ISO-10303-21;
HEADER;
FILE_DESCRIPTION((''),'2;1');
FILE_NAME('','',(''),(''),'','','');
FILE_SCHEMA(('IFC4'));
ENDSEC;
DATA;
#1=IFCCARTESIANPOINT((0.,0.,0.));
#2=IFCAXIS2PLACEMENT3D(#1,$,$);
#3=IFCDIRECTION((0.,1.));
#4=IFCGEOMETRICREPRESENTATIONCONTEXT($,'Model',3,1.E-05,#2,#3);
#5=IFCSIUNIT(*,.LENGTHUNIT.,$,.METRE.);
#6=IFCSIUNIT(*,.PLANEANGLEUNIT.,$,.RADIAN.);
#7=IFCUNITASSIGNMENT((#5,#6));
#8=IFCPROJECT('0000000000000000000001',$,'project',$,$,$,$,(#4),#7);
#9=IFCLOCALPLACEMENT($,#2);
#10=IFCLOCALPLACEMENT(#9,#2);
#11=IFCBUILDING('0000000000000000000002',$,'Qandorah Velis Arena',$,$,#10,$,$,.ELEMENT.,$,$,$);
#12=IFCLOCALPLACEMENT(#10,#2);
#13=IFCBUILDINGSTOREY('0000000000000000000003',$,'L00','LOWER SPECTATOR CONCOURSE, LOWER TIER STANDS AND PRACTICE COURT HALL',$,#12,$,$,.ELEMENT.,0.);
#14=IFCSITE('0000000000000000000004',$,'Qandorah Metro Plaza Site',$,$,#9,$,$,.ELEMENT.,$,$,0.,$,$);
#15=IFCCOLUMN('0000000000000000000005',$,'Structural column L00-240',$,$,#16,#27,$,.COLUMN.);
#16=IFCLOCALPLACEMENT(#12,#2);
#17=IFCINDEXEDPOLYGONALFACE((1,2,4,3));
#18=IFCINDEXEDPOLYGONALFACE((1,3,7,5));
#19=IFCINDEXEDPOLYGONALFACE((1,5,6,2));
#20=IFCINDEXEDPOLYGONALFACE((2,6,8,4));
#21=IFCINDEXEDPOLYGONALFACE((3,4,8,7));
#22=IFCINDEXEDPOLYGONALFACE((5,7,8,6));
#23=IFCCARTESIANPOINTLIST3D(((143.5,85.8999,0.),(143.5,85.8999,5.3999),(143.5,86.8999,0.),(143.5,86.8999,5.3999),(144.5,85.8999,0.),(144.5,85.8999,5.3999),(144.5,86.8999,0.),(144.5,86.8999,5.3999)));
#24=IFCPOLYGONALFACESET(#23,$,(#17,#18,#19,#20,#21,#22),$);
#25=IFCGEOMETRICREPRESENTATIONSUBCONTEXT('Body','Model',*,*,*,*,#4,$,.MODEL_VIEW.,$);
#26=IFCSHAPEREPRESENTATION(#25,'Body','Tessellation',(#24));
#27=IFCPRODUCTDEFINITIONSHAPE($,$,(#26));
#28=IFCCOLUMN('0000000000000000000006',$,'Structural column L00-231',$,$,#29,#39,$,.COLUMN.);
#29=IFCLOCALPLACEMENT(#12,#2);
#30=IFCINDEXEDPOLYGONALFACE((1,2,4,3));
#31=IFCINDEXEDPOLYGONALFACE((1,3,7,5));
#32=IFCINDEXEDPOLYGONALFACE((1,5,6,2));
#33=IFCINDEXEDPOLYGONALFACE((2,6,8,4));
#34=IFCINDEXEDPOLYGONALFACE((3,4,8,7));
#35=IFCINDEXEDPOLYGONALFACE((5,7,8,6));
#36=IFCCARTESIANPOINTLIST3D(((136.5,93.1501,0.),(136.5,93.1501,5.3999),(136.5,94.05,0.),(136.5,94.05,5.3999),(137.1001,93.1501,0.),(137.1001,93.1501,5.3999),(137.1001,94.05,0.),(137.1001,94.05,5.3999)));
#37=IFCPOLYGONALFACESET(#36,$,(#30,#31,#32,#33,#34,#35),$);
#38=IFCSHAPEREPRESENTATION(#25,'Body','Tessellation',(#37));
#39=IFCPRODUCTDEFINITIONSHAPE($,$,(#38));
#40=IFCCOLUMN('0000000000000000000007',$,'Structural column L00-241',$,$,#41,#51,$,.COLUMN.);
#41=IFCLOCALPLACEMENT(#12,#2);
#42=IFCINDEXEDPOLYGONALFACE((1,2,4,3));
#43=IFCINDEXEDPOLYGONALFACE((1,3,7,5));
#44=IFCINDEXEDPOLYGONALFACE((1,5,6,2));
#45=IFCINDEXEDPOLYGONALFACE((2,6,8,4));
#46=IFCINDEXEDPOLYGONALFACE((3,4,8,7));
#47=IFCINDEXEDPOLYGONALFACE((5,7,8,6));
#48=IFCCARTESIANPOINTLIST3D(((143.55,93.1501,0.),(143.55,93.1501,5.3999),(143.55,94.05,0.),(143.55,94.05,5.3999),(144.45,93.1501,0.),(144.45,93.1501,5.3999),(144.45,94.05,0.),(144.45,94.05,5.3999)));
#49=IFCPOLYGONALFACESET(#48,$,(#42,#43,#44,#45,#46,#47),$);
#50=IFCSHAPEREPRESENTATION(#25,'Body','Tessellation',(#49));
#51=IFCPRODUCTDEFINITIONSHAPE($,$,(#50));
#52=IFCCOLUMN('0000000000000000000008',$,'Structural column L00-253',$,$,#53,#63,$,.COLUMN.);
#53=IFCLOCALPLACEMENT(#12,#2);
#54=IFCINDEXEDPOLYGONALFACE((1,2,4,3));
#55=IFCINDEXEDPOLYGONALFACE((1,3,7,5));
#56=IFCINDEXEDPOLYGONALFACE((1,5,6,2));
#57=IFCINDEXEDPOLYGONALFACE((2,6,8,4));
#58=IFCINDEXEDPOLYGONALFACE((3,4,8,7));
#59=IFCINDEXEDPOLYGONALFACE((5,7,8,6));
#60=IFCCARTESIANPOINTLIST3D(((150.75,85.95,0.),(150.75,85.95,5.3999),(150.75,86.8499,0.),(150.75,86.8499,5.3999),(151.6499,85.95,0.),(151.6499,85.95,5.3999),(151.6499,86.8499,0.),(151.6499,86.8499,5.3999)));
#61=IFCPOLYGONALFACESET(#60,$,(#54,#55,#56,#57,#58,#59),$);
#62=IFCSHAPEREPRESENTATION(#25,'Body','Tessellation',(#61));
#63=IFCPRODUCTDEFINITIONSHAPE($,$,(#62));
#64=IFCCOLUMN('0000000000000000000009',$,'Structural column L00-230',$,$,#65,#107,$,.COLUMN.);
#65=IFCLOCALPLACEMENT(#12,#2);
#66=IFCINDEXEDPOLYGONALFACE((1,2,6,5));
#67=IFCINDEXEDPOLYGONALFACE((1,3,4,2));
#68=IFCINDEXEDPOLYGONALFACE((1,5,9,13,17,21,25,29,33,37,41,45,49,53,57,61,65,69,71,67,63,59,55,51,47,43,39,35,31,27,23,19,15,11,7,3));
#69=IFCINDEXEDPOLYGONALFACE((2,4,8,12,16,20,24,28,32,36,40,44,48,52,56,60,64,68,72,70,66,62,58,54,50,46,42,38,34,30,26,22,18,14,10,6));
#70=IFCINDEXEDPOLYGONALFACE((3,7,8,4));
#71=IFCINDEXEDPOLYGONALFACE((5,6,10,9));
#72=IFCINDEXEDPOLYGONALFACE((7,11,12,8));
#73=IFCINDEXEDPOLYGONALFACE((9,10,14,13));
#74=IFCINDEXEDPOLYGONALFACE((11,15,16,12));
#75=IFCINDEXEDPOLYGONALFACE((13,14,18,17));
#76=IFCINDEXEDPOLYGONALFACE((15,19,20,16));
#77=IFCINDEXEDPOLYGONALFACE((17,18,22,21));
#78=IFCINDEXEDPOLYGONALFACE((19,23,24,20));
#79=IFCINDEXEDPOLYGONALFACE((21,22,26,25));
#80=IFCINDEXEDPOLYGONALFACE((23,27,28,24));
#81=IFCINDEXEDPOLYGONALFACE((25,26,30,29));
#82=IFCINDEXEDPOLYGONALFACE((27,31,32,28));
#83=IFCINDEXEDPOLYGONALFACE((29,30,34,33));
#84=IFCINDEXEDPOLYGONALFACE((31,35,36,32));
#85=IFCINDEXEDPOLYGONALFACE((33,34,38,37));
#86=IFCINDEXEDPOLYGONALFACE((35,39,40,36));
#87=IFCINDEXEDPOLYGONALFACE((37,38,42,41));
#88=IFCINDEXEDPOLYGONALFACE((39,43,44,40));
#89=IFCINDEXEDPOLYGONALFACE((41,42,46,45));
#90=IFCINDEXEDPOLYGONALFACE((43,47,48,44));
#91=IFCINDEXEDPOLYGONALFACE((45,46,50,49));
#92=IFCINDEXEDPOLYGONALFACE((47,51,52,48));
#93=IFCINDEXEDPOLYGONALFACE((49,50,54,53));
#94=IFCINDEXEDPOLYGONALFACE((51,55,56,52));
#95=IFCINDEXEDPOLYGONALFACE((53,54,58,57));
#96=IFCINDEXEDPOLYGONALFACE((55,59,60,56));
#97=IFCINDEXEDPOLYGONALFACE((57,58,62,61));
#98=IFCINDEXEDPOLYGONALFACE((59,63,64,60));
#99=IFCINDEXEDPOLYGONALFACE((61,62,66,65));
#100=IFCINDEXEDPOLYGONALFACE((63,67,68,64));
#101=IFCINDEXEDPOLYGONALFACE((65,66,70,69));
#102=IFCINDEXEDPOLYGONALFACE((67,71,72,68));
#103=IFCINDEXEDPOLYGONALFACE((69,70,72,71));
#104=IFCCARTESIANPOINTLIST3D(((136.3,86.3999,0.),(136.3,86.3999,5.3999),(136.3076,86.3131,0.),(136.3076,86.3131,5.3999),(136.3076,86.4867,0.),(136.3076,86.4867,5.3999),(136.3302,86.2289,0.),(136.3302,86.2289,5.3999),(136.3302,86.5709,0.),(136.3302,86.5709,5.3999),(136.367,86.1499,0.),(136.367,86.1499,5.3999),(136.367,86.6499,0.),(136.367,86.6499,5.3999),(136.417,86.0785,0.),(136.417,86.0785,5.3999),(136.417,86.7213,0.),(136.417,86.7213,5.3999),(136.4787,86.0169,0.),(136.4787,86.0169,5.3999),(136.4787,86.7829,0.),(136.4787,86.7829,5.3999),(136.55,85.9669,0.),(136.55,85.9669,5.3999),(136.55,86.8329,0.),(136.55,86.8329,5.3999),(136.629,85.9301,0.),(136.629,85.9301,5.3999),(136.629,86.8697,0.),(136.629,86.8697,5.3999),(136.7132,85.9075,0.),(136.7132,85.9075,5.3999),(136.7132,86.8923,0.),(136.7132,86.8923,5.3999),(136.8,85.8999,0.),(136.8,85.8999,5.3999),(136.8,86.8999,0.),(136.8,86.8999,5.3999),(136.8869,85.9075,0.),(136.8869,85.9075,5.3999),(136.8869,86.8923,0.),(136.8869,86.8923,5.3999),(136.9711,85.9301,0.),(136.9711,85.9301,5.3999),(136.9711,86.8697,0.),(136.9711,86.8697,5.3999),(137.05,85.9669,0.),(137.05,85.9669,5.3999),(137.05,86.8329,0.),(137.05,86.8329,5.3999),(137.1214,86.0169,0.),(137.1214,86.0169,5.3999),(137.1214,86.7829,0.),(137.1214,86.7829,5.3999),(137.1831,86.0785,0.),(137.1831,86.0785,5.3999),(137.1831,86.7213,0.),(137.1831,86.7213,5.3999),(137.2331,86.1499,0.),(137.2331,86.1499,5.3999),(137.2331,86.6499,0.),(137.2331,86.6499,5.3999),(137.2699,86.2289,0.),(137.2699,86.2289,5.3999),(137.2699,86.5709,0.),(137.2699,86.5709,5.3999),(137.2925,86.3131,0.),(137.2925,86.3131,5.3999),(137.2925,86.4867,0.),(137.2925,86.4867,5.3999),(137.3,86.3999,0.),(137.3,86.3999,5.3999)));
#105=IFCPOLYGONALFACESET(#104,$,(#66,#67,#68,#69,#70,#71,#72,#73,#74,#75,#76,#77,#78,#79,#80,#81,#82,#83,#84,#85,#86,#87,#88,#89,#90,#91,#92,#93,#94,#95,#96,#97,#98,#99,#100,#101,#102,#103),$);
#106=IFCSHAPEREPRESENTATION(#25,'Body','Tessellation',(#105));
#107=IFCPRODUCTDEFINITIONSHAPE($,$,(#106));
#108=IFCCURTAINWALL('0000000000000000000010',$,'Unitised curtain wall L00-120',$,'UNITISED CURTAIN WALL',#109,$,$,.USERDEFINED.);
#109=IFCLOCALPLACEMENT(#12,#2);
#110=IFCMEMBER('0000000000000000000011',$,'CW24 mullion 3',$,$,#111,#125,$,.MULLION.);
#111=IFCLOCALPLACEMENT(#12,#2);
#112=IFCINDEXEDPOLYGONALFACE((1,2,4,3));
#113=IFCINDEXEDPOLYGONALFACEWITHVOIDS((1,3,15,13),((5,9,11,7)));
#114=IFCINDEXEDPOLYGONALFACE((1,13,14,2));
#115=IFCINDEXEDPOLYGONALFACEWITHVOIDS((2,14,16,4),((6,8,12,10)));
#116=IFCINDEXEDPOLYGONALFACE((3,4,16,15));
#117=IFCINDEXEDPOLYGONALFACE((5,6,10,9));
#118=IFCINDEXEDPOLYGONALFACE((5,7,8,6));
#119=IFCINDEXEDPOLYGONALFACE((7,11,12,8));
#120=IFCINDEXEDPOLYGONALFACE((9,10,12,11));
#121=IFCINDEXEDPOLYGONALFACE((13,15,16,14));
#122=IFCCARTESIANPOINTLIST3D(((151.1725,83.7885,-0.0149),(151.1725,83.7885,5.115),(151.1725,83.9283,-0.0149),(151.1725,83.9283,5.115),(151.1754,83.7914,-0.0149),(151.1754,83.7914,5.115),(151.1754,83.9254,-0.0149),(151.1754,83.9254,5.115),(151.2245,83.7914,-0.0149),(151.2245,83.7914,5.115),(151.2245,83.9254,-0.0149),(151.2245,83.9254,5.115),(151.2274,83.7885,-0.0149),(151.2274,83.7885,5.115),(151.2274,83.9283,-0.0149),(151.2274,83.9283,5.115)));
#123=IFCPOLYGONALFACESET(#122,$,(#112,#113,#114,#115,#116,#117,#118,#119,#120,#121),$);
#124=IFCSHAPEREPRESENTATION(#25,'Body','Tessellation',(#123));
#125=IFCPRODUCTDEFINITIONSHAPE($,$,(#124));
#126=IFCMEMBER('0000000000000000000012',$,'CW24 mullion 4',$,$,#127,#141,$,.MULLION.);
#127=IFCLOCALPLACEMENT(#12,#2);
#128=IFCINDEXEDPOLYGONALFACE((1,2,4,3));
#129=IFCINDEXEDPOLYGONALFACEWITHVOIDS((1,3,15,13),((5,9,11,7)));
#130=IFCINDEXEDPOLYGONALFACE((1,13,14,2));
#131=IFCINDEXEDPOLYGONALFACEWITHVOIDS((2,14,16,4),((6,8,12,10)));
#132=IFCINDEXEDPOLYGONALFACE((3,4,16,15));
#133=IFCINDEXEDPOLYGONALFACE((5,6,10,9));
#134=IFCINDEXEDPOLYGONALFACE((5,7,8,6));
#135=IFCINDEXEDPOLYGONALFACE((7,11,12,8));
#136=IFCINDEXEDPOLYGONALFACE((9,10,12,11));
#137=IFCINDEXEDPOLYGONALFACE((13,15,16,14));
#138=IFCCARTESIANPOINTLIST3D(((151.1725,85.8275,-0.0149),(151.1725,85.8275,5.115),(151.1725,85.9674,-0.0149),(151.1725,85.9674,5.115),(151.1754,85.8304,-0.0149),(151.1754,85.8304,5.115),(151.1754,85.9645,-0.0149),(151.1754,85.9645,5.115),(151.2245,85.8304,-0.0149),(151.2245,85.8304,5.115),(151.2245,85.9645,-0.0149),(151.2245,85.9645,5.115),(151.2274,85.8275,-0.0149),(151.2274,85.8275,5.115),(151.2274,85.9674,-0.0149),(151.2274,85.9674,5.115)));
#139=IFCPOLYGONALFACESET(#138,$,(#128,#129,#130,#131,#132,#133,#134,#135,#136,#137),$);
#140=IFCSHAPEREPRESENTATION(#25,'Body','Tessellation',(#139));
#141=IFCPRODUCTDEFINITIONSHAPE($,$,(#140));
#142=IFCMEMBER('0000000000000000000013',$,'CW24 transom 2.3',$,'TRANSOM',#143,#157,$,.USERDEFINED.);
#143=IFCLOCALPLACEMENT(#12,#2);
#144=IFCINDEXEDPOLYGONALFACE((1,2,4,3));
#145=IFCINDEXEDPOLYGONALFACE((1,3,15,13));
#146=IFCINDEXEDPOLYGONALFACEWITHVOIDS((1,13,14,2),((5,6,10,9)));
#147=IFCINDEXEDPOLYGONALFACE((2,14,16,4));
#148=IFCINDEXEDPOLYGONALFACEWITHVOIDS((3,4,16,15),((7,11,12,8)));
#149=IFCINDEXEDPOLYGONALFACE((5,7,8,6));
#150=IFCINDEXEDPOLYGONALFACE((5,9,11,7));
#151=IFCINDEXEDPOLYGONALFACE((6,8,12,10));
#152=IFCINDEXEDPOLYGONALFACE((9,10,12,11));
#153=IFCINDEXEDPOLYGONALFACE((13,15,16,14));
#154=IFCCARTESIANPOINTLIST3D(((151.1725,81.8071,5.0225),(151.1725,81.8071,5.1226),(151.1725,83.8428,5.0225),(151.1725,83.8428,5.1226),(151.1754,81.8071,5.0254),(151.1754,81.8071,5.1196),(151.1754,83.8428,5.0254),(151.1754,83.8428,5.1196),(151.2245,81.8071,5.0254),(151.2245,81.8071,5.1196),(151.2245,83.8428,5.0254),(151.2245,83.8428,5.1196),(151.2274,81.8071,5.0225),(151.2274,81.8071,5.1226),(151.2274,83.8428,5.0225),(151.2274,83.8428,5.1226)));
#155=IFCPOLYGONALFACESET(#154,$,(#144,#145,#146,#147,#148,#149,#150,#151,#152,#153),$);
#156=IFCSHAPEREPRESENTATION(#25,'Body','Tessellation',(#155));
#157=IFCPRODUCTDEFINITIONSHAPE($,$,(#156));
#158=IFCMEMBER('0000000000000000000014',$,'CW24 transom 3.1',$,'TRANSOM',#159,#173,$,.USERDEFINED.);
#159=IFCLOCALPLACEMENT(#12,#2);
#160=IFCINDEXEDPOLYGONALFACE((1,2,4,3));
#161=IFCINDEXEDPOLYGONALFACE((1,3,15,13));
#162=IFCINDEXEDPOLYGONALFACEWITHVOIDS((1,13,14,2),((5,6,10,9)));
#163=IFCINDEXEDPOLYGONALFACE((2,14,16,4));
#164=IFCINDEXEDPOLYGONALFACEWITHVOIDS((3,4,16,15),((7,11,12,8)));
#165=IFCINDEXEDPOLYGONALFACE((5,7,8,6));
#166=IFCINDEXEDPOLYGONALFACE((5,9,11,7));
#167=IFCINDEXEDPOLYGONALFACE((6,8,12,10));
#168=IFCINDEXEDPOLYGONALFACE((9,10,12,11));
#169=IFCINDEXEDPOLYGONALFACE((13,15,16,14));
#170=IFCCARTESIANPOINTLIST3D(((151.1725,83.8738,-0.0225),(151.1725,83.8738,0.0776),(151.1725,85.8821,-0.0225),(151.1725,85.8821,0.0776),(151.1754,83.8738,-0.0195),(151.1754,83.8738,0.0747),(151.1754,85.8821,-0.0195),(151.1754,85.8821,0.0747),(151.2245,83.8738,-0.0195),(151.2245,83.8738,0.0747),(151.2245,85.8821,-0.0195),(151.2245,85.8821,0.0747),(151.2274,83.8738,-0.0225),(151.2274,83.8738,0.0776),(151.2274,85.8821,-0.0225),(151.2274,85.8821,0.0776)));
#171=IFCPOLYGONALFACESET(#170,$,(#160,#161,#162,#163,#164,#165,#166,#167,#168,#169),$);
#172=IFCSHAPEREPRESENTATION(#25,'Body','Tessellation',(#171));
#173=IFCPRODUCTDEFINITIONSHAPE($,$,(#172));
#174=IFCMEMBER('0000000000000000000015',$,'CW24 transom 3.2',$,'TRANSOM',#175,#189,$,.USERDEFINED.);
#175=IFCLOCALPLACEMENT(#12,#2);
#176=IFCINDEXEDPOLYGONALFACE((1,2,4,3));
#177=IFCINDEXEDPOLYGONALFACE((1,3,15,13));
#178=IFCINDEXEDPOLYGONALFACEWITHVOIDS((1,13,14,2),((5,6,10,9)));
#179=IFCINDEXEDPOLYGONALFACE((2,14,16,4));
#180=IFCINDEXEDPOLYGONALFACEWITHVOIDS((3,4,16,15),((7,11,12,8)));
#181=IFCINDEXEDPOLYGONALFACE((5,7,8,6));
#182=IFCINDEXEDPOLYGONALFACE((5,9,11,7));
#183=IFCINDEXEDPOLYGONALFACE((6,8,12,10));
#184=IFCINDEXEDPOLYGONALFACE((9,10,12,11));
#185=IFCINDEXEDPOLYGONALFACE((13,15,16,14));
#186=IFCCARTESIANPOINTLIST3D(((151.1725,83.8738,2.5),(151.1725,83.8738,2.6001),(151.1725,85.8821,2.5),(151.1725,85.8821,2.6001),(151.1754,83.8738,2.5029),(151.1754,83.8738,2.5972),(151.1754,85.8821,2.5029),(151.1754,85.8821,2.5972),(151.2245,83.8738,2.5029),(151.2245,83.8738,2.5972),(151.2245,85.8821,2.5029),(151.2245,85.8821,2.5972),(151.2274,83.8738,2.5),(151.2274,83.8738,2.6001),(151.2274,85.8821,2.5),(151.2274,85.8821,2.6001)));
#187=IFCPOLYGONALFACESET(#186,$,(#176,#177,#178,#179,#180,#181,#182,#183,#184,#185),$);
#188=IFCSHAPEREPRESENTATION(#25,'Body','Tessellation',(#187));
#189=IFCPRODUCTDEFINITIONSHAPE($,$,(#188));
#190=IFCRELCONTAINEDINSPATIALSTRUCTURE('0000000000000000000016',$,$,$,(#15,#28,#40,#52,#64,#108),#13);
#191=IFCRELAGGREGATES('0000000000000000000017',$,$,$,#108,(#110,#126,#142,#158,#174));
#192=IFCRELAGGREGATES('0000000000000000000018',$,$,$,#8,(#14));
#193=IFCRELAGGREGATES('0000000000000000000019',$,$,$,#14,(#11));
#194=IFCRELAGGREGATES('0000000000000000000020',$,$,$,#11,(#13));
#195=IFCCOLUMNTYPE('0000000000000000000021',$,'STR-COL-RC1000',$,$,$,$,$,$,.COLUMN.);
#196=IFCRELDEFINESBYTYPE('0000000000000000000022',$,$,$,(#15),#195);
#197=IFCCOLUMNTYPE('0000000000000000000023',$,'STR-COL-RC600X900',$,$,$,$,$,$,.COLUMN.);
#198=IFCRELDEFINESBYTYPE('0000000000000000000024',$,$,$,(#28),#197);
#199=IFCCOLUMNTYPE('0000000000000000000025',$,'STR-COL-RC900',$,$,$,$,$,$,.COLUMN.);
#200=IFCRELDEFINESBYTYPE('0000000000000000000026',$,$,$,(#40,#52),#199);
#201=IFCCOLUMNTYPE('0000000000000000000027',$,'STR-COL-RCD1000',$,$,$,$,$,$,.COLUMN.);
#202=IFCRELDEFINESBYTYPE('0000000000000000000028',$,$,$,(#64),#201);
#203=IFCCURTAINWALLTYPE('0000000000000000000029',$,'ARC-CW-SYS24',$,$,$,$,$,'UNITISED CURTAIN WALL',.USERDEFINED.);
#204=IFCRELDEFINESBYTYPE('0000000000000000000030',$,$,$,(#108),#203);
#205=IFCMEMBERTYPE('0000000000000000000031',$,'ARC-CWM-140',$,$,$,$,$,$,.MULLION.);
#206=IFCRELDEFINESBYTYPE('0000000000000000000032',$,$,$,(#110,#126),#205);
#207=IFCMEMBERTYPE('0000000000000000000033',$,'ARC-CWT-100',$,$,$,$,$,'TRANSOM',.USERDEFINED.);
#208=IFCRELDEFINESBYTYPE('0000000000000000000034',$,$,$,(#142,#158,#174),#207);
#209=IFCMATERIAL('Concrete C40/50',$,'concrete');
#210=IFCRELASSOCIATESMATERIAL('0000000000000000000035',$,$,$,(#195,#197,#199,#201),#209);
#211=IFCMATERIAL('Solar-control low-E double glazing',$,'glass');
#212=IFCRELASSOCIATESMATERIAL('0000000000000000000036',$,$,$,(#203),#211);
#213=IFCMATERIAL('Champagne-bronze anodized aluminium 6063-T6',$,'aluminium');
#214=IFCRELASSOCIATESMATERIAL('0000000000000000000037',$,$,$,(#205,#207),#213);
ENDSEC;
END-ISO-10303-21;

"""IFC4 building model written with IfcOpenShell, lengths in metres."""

from ifc_helpers import new_model, si_unit, direction, frame, origin, origin_2d, place, context, subcontext, project, spatial, rectangle, hollow_rectangle, circle, extrude, material, material_profile, profile_set, type_object, element, aggregate, save


model = new_model("IFC4")

# Units and contexts
model_context = context("Model", 3, precision=1e-05, world=origin(), true_north=direction((0.0, 1.0)))
body_context = subcontext(model_context, "Body", "Model", "MODEL_VIEW")
ifc_project = project(units=[si_unit("LENGTHUNIT", "METRE"), si_unit("PLANEANGLEUNIT", "RADIAN")], contexts=[model_context])

# Site, building, storey
site_placement = place(None, origin())
site = spatial("IfcSite", under=ifc_project, at=site_placement, Name="Qandorah Metro Plaza Site", CompositionType="ELEMENT", RefElevation=0.0)
building_placement = place(site_placement, origin())
building = spatial("IfcBuilding", under=site, at=building_placement, Name="Qandorah Velis Arena", CompositionType="ELEMENT")
storey_placement = place(building_placement, origin())
storey = spatial("IfcBuildingStorey", under=building, at=storey_placement, Name="L00", Description="LOWER SPECTATOR CONCOURSE, LOWER TIER STANDS AND PRACTICE COURT HALL", CompositionType="ELEMENT", Elevation=0.0)

# Columns
ifc_material_1 = material(Name="Concrete C40/50", Category="concrete")
ifc_material_profile_1 = material_profile(ifc_material_1, rectangle(XDim=1.0, YDim=1.0, at=origin_2d()), Name="RC COL 1000x1000")
ifc_profile_set_1 = profile_set([ifc_material_profile_1], Name="Concrete C40/50")
column_type_1 = type_object("IfcColumnType", Name="STR-COL-RC1000", PredefinedType="COLUMN", material=ifc_profile_set_1)
column_1_placement = place(storey_placement, frame((144.0, 86.3999, 0.0), z_axis=(0.0, 0.0, 1.0), x_axis=(1.0, 0.0, 0.0)))
element("IfcColumn", 1, at=column_1_placement, inside=storey, type_object=column_type_1, Name="Structural column L00-240", PredefinedType="COLUMN", context=body_context, shape_type="SweptSolid", body=[
    extrude(rectangle(XDim=1.0, YDim=1.0, at=origin_2d()), origin(), (0.0, 0.0, 1.0), 5.3999),
])
ifc_material_profile_2 = material_profile(ifc_material_1, rectangle(XDim=0.6001, YDim=0.8999, at=origin_2d()), Name="RC COL 600x900")
ifc_profile_set_2 = profile_set([ifc_material_profile_2], Name="Concrete C40/50")
column_type_2 = type_object("IfcColumnType", Name="STR-COL-RC600X900", PredefinedType="COLUMN", material=ifc_profile_set_2)
column_2_placement = place(storey_placement, frame((136.8, 93.6001, 0.0), z_axis=(0.0, 0.0, 1.0), x_axis=(1.0, 0.0, 0.0)))
element("IfcColumn", 2, at=column_2_placement, inside=storey, type_object=column_type_2, Name="Structural column L00-231", PredefinedType="COLUMN", context=body_context, shape_type="SweptSolid", body=[
    extrude(rectangle(XDim=0.6001, YDim=0.8999, at=origin_2d()), origin(), (0.0, 0.0, 1.0), 5.3999),
])
ifc_material_profile_3 = material_profile(ifc_material_1, rectangle(XDim=0.8999, YDim=0.8999, at=origin_2d()), Name="RC COL 900x900")
ifc_profile_set_3 = profile_set([ifc_material_profile_3], Name="Concrete C40/50")
column_type_3 = type_object("IfcColumnType", Name="STR-COL-RC900", PredefinedType="COLUMN", material=ifc_profile_set_3)
for number, where, z_axis, x_axis, name in (
    (3, (144.0, 93.6001, 0.0), (0.0, 0.0, 1.0), (1.0, 0.0, 0.0), "Structural column L00-241"),
    (4, (151.2, 86.3999, 0.0), (0.0, 0.0, 1.0), (1.0, 0.0, 0.0), "Structural column L00-253"),
):
    element("IfcColumn", number, at=place(storey_placement, frame(where, z_axis=z_axis, x_axis=x_axis)), inside=storey, type_object=column_type_3, Name=name, PredefinedType="COLUMN", context=body_context, shape_type="SweptSolid", body=[
        extrude(rectangle(XDim=0.8999, YDim=0.8999, at=origin_2d()), origin(), (0.0, 0.0, 1.0), 5.3999),
    ])
ifc_material_profile_4 = material_profile(ifc_material_1, circle(Radius=0.5, at=origin_2d()), Name="RC D1000")
ifc_profile_set_4 = profile_set([ifc_material_profile_4], Name="Concrete C40/50")
column_type_4 = type_object("IfcColumnType", Name="STR-COL-RCD1000", PredefinedType="COLUMN", material=ifc_profile_set_4)
column_3_placement = place(storey_placement, frame((136.8, 86.3999, 0.0), z_axis=(0.0, 0.0, 1.0), x_axis=(1.0, 0.0, 0.0)))
element("IfcColumn", 5, at=column_3_placement, inside=storey, type_object=column_type_4, Name="Structural column L00-230", PredefinedType="COLUMN", context=body_context, shape_type="SweptSolid", body=[
    extrude(circle(Radius=0.5, at=origin_2d()), origin(), (0.0, 0.0, 1.0), 5.3999),
])

# Curtain wall, members
ifc_material_2 = material(Name="Solar-control low-E double glazing", Category="glass")
curtain_wall_type = type_object("IfcCurtainWallType", Name="ARC-CW-SYS24", ElementType="UNITISED CURTAIN WALL", PredefinedType="USERDEFINED", material=ifc_material_2)
curtain_wall_placement = place(storey_placement, origin())
curtain_wall = element("IfcCurtainWall", 6, at=curtain_wall_placement, inside=storey, type_object=curtain_wall_type, Name="Unitised curtain wall L00-120", ObjectType="UNITISED CURTAIN WALL", PredefinedType="USERDEFINED")
ifc_material_3 = material(Name="Champagne-bronze anodized aluminium 6063-T6", Category="aluminium")
ifc_material_profile_5 = material_profile(ifc_material_3, hollow_rectangle(XDim=0.0549, YDim=0.1399, WallThickness=0.0029, at=origin_2d()), Name="ALU MULLION 55x140")
ifc_profile_set_5 = profile_set([ifc_material_profile_5], Name="Champagne-bronze anodized aluminium 6063-T6")
member_type_1 = type_object("IfcMemberType", Name="ARC-CWM-140", PredefinedType="MULLION", material=ifc_profile_set_5)
member_1_placement = place(storey_placement, frame((151.2, 83.8584, -0.0149), z_axis=(0.0, 0.0, 1.0), x_axis=(-1.0, 0.0, 0.0)))
member_1 = element("IfcMember", 7, at=member_1_placement, type_object=member_type_1, Name="CW24 mullion 3", PredefinedType="MULLION", context=body_context, shape_type="SweptSolid", body=[
    extrude(hollow_rectangle(XDim=0.0549, YDim=0.1399, WallThickness=0.0029, at=origin_2d()), origin(), (0.0, 0.0, 1.0), 5.1299),
])
member_2_placement = place(storey_placement, frame((151.2, 85.8975, -0.0149), z_axis=(0.0, 0.0, 1.0), x_axis=(-1.0, 0.0, 0.0)))
member_2 = element("IfcMember", 8, at=member_2_placement, type_object=member_type_1, Name="CW24 mullion 4", PredefinedType="MULLION", context=body_context, shape_type="SweptSolid", body=[
    extrude(hollow_rectangle(XDim=0.0549, YDim=0.1399, WallThickness=0.0029, at=origin_2d()), origin(), (0.0, 0.0, 1.0), 5.1299),
])
ifc_material_profile_6 = material_profile(ifc_material_3, hollow_rectangle(XDim=0.0549, YDim=0.1001, WallThickness=0.0029, at=origin_2d()), Name="ALU TRANSOM 55x100")
ifc_profile_set_6 = profile_set([ifc_material_profile_6], Name="Champagne-bronze anodized aluminium 6063-T6")
member_type_2 = type_object("IfcMemberType", Name="ARC-CWT-100", ElementType="TRANSOM", PredefinedType="USERDEFINED", material=ifc_profile_set_6)
member_3_placement = place(storey_placement, frame((151.2, 81.8071, 5.0725), z_axis=(0.0, 1.0, 0.0), x_axis=(-1.0, 0.0, 0.0)))
member_3 = element("IfcMember", 9, at=member_3_placement, type_object=member_type_2, Name="CW24 transom 2.3", ObjectType="TRANSOM", PredefinedType="USERDEFINED", context=body_context, shape_type="SweptSolid", body=[
    extrude(hollow_rectangle(XDim=0.0549, YDim=0.1001, WallThickness=0.0029, at=origin_2d()), origin(), (0.0, 0.0, 1.0), 2.0356),
])
member_4_placement = place(storey_placement, frame((151.2, 83.8738, 0.0276), z_axis=(0.0, 1.0, 0.0), x_axis=(-1.0, 0.0, 0.0)))
member_4 = element("IfcMember", 10, at=member_4_placement, type_object=member_type_2, Name="CW24 transom 3.1", ObjectType="TRANSOM", PredefinedType="USERDEFINED", context=body_context, shape_type="SweptSolid", body=[
    extrude(hollow_rectangle(XDim=0.0549, YDim=0.1001, WallThickness=0.0029, at=origin_2d()), origin(), (0.0, 0.0, 1.0), 2.0083),
])
member_5_placement = place(storey_placement, frame((151.2, 83.8738, 2.55), z_axis=(0.0, 1.0, 0.0), x_axis=(-1.0, 0.0, 0.0)))
member_5 = element("IfcMember", 11, at=member_5_placement, type_object=member_type_2, Name="CW24 transom 3.2", ObjectType="TRANSOM", PredefinedType="USERDEFINED", context=body_context, shape_type="SweptSolid", body=[
    extrude(hollow_rectangle(XDim=0.0549, YDim=0.1001, WallThickness=0.0029, at=origin_2d()), origin(), (0.0, 0.0, 1.0), 2.0083),
])

aggregate(curtain_wall, [member_1, member_2, member_3, member_4, member_5])

save(model, "model.ifc")
